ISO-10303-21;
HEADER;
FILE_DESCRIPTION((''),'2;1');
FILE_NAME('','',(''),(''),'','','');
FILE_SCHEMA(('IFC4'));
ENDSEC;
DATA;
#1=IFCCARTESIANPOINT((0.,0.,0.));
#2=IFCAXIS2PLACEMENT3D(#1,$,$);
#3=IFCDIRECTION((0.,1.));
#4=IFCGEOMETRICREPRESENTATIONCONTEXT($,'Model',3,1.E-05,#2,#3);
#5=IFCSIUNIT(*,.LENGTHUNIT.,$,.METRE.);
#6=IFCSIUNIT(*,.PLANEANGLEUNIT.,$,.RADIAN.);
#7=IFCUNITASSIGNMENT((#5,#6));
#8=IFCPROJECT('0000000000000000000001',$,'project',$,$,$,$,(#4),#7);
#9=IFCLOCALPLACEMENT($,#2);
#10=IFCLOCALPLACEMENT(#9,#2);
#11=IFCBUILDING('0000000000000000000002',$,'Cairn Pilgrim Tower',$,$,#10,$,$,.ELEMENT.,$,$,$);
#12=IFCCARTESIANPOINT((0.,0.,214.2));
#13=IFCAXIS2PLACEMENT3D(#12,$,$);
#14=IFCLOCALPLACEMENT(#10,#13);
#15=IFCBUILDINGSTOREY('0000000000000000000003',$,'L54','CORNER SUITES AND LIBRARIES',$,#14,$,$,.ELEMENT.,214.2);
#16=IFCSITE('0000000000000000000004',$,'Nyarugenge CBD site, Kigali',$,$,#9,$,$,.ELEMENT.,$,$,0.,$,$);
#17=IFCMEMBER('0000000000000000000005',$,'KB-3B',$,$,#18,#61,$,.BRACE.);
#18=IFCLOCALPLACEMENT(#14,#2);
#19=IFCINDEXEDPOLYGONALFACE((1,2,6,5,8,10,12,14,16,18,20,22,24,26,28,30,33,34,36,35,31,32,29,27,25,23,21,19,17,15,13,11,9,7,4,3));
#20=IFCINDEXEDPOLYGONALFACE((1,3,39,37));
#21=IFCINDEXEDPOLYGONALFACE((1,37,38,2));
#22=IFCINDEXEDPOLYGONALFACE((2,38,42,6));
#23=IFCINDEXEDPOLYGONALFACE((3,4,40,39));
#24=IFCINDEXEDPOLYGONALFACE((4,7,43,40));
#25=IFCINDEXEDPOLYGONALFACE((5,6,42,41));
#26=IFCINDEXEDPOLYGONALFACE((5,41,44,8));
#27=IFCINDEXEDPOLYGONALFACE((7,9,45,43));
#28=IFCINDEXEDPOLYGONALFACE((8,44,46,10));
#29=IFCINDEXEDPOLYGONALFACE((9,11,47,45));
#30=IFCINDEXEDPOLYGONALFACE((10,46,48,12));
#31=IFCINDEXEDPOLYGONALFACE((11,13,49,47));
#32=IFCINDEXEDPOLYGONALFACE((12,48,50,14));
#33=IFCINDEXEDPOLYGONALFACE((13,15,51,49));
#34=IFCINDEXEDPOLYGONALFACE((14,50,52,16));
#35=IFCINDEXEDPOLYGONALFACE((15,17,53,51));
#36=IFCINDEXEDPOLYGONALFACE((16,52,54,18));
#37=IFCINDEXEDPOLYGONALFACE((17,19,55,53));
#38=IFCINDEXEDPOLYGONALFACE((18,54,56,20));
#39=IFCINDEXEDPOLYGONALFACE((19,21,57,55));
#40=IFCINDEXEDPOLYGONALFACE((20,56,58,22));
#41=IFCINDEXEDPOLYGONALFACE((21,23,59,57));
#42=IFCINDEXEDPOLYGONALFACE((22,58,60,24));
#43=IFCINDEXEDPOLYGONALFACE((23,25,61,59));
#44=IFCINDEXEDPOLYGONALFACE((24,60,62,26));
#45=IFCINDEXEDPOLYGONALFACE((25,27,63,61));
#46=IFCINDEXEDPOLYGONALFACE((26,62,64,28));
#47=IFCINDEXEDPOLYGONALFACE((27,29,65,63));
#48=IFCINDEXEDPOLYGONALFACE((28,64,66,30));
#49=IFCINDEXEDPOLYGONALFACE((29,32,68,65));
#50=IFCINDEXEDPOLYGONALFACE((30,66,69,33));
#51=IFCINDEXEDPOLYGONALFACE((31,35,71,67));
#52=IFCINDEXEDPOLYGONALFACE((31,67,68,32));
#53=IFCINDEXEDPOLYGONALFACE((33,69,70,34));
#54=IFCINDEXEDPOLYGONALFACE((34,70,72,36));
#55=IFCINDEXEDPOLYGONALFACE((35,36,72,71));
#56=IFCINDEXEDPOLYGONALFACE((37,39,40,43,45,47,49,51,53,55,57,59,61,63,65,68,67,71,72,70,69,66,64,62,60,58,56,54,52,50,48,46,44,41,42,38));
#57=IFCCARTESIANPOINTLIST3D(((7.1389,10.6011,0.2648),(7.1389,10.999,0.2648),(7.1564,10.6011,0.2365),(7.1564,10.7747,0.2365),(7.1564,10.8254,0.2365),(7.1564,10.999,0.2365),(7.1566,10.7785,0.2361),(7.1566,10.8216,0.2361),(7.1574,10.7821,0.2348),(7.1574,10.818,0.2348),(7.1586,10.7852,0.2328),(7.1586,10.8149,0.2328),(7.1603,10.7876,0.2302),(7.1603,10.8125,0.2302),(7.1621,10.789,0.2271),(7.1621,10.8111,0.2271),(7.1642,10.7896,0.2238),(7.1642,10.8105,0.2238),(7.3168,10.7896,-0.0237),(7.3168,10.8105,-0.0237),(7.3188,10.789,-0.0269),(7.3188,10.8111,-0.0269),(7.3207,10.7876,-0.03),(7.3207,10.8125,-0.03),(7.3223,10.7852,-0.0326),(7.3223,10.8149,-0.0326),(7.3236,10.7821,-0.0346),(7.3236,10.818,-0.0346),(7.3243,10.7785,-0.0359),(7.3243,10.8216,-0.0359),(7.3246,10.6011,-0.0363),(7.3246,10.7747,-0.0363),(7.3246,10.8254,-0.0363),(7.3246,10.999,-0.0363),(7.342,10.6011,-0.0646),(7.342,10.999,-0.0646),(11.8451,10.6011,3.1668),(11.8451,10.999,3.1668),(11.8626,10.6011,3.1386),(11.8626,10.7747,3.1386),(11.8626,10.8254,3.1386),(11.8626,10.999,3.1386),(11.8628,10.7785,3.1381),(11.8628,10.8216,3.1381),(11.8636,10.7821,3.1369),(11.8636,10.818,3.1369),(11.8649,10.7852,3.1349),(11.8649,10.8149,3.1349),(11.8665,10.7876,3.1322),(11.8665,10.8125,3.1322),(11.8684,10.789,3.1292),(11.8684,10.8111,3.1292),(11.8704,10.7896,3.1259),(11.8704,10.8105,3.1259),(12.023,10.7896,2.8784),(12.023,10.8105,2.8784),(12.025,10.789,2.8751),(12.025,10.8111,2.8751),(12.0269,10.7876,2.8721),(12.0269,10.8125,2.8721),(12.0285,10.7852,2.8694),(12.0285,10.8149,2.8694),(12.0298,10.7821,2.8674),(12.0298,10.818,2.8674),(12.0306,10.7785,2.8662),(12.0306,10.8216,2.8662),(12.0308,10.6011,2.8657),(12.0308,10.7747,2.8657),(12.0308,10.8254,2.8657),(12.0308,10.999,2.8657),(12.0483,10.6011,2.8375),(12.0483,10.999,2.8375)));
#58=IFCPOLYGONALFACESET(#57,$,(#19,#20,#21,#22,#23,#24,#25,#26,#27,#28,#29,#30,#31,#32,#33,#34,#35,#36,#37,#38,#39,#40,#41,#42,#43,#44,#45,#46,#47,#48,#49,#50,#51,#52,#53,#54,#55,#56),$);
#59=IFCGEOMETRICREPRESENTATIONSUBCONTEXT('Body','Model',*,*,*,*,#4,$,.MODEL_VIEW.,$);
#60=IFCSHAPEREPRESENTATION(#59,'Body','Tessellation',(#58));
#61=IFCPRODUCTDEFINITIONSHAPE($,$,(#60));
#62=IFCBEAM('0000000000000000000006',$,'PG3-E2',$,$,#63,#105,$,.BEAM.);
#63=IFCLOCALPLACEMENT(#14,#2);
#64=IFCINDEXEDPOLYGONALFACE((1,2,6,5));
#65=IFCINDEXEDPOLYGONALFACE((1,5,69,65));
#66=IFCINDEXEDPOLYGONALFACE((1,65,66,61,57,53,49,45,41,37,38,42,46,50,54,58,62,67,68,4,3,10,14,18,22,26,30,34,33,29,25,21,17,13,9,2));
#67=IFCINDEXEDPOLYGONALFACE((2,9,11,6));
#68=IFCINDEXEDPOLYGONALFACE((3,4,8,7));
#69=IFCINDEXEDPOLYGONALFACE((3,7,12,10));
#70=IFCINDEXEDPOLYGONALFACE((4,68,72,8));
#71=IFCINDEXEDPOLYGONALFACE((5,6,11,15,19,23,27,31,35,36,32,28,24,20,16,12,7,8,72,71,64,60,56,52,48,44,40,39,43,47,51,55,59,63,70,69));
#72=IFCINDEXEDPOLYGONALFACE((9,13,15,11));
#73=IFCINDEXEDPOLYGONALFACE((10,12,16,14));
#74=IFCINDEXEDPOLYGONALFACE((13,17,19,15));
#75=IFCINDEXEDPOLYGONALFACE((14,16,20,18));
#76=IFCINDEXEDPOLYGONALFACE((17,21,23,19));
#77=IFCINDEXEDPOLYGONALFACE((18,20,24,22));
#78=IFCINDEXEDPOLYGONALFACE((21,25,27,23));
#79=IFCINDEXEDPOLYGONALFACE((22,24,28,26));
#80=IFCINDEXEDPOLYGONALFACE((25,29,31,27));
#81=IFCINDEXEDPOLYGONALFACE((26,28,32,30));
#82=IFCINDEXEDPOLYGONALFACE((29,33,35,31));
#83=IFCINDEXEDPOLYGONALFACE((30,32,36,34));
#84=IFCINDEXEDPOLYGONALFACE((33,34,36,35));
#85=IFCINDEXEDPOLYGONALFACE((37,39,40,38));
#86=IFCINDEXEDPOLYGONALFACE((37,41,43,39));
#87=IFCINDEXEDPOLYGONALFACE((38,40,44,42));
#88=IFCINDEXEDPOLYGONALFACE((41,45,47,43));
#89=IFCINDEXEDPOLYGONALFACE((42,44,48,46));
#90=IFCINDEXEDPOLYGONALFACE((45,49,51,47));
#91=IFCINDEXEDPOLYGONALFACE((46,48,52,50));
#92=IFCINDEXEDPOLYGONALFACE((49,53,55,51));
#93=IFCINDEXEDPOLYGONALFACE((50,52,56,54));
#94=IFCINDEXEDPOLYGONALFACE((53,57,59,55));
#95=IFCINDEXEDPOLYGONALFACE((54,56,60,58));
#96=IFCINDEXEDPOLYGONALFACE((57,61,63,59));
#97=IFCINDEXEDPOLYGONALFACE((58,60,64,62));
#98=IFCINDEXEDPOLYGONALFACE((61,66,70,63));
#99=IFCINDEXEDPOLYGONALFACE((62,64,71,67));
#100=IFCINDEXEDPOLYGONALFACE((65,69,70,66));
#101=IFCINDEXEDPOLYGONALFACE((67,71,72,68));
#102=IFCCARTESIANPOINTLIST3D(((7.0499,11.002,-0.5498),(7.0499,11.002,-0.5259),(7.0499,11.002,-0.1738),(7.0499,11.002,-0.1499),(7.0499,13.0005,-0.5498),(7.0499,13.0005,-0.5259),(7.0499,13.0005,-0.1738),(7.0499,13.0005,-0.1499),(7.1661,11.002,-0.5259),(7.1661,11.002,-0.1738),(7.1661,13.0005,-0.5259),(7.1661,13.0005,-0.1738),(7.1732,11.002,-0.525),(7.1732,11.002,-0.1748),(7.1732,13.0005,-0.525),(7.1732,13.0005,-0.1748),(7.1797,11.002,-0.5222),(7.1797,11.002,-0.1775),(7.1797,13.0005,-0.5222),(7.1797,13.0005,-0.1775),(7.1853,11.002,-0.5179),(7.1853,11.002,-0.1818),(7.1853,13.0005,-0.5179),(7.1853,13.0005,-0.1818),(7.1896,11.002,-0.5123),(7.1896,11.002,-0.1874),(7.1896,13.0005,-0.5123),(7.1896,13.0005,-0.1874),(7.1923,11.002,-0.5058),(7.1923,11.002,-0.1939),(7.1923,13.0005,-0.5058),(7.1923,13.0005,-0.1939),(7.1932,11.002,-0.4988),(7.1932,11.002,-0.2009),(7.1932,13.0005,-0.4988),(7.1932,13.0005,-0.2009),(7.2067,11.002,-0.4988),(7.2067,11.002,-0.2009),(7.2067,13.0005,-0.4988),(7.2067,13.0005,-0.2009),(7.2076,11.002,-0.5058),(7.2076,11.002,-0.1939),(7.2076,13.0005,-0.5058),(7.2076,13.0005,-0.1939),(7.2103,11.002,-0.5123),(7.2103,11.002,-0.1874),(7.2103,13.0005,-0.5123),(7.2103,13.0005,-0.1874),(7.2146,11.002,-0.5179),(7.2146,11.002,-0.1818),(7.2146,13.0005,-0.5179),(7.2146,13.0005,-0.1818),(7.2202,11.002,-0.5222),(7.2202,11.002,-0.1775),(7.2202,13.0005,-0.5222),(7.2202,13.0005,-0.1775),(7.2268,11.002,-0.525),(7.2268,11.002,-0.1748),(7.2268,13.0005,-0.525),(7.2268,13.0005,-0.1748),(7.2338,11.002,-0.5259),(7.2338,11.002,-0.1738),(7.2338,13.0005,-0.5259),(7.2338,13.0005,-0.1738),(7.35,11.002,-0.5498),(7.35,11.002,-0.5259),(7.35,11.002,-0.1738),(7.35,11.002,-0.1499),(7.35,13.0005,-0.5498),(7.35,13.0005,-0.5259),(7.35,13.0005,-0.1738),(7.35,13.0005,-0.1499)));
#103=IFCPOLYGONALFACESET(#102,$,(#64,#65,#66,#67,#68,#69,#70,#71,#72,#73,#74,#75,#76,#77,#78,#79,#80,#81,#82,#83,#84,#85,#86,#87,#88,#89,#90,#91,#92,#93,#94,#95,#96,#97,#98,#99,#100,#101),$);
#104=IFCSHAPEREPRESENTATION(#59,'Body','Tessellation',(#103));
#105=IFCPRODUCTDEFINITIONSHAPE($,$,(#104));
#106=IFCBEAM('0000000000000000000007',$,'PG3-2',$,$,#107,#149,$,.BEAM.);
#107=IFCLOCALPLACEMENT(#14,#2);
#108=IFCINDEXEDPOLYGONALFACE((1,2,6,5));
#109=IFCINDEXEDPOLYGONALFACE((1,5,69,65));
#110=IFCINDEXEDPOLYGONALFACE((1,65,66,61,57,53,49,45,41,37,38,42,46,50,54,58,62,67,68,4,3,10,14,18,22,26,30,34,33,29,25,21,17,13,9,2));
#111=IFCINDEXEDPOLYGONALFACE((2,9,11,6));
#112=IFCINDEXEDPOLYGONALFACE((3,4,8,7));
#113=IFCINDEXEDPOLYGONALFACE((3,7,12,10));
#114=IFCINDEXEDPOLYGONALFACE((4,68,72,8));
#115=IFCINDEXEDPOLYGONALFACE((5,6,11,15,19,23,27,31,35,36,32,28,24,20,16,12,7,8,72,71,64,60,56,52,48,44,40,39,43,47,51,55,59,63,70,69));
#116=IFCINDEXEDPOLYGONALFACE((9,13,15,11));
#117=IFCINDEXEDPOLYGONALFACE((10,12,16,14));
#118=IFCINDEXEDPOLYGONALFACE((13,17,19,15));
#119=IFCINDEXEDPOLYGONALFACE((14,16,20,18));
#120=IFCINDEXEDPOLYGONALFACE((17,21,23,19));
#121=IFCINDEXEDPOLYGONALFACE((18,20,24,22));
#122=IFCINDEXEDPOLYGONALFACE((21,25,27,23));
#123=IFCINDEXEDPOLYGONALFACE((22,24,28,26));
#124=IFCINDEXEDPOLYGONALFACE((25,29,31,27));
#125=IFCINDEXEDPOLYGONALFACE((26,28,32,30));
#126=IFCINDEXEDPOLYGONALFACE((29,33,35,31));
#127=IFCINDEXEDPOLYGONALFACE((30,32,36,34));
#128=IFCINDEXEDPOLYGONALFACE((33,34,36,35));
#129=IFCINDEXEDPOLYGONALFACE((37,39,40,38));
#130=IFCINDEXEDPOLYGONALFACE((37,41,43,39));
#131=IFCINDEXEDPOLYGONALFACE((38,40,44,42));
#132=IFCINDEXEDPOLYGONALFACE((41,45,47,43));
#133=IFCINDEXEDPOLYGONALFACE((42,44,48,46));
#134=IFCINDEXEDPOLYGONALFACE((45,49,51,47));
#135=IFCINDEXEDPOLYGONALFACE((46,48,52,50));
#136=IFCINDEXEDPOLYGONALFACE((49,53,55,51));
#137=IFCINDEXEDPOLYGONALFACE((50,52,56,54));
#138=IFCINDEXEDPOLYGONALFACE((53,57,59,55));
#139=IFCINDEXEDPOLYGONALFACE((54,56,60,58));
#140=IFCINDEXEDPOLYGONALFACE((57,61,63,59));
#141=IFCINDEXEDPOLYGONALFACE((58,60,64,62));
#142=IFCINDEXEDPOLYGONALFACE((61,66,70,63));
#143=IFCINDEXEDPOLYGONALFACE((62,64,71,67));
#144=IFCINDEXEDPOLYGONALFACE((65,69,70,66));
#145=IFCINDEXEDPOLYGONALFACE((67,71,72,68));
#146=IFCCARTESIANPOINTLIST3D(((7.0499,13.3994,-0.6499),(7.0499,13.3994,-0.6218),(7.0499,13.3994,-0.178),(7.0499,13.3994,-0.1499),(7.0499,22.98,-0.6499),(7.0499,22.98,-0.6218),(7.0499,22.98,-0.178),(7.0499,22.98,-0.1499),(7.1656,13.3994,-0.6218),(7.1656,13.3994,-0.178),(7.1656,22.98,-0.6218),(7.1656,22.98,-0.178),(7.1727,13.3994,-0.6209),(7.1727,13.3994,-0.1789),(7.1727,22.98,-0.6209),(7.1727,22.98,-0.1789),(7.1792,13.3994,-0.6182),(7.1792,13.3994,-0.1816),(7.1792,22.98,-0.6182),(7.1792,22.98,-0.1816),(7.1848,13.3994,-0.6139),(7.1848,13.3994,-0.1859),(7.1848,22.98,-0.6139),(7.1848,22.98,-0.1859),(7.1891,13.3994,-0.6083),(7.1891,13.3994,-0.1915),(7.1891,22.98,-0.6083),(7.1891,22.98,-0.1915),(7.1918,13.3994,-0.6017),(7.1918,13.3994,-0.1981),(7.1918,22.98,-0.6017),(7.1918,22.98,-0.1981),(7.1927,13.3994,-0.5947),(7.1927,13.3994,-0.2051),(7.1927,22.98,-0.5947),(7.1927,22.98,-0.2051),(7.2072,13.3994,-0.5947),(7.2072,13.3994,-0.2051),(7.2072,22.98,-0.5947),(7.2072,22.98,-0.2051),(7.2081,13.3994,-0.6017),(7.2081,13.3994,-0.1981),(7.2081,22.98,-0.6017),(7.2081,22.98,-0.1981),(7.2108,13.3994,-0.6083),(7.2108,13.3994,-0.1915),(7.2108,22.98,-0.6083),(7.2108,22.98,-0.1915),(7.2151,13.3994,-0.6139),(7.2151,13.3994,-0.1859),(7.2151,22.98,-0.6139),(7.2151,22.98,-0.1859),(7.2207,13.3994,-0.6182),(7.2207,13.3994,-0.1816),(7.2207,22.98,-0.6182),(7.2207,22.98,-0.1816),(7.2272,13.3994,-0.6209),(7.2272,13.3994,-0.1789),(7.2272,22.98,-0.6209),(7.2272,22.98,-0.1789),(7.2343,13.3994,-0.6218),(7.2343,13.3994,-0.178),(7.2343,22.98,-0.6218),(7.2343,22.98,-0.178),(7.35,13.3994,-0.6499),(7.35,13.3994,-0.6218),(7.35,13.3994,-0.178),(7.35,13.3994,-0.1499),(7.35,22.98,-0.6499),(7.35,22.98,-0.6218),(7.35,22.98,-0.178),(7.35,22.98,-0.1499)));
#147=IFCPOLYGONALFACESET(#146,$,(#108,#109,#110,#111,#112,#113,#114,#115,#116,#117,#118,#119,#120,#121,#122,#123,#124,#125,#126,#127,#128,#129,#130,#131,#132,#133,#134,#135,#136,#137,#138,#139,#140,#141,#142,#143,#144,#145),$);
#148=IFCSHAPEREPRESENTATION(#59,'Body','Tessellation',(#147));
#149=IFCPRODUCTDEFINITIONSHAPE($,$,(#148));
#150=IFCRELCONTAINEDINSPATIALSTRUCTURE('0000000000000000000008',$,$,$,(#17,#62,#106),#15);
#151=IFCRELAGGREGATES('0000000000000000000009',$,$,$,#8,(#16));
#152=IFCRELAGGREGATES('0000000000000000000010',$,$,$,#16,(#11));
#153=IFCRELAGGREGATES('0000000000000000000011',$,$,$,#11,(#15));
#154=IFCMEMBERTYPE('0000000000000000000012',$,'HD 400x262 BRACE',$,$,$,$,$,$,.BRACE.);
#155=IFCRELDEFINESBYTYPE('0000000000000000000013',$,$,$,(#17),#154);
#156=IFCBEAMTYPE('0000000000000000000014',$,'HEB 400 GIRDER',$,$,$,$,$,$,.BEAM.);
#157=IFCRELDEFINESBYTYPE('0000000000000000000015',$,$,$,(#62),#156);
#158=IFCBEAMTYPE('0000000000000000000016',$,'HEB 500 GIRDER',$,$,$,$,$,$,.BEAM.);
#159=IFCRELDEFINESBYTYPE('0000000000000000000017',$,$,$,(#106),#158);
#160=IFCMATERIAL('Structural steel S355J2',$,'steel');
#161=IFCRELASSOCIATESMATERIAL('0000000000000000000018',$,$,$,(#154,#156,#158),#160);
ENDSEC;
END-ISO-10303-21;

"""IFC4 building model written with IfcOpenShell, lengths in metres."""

from ifc_helpers import new_model, si_unit, direction, frame, origin, origin_2d, place, context, subcontext, project, spatial, i_section, extrude, material, material_profile, profile_set, type_object, element, save


model = new_model("IFC4")

# Units and contexts
model_context = context("Model", 3, precision=1e-05, world=origin(), true_north=direction((0.0, 1.0)))
body_context = subcontext(model_context, "Body", "Model", "MODEL_VIEW")
ifc_project = project(units=[si_unit("LENGTHUNIT", "METRE"), si_unit("PLANEANGLEUNIT", "RADIAN")], contexts=[model_context])

# Site, building, storey
site_placement = place(None, origin())
site = spatial("IfcSite", under=ifc_project, at=site_placement, Name="Nyarugenge CBD site, Kigali", CompositionType="ELEMENT", RefElevation=0.0)
building_placement = place(site_placement, origin())
building = spatial("IfcBuilding", under=site, at=building_placement, Name="Cairn Pilgrim Tower", CompositionType="ELEMENT")
storey_placement = place(building_placement, frame((0.0, 0.0, 214.2)))
storey = spatial("IfcBuildingStorey", under=building, at=storey_placement, Name="L54", Description="CORNER SUITES AND LIBRARIES", CompositionType="ELEMENT", Elevation=214.2)

# Shared definitions
ifc_material_1 = material(Name="Structural steel S355J2", Category="steel")

# Member
ifc_material_profile_1 = material_profile(ifc_material_1, i_section(OverallWidth=0.3979, OverallDepth=0.387, WebThickness=0.021, FlangeThickness=0.0332, FilletRadius=0.0149, at=origin_2d()), Name="HD 400x262")
ifc_profile_set_1 = profile_set([ifc_material_profile_1], Name="Structural steel S355J2")
member_type_1 = type_object("IfcMemberType", Name="HD 400x262 BRACE", PredefinedType="BRACE", material=ifc_profile_set_1)
member_1_placement = place(storey_placement, frame((7.2405, 10.8, 0.1001), z_axis=(0.85118, 0.0, 0.524873), x_axis=(0.0, 1.0, 0.0)))
element("IfcMember", 1, at=member_1_placement, inside=storey, type_object=member_type_1, Name="KB-3B", PredefinedType="BRACE", context=body_context, shape_type="SweptSolid", body=[
    extrude(i_section(OverallWidth=0.3979, OverallDepth=0.387, WebThickness=0.021, FlangeThickness=0.0332, FilletRadius=0.0149, at=origin_2d()), origin(), (0.0, 0.0, 1.0), 5.5291),
])

# Beams
ifc_material_profile_2 = material_profile(ifc_material_1, i_section(OverallWidth=0.3, OverallDepth=0.3999, WebThickness=0.0134, FlangeThickness=0.0239, FilletRadius=0.0271, at=origin_2d()), Name="HEB 400")
ifc_profile_set_2 = profile_set([ifc_material_profile_2], Name="Structural steel S355J2")
beam_type_1 = type_object("IfcBeamType", Name="HEB 400 GIRDER", PredefinedType="BEAM", material=ifc_profile_set_2)
beam_1_placement = place(storey_placement, frame((7.2, 11.002, -0.3499), z_axis=(0.0, 1.0, 0.0), x_axis=(-1.0, 0.0, 0.0)))
element("IfcBeam", 2, at=beam_1_placement, inside=storey, type_object=beam_type_1, Name="PG3-E2", PredefinedType="BEAM", context=body_context, shape_type="SweptSolid", body=[
    extrude(i_section(OverallWidth=0.3, OverallDepth=0.3999, WebThickness=0.0134, FlangeThickness=0.0239, FilletRadius=0.0271, at=origin_2d()), origin(), (0.0, 0.0, 1.0), 1.9985),
])
ifc_material_profile_3 = material_profile(ifc_material_1, i_section(OverallWidth=0.3, OverallDepth=0.5, WebThickness=0.0144, FlangeThickness=0.0281, FilletRadius=0.0271, at=origin_2d()), Name="HEB 500")
ifc_profile_set_3 = profile_set([ifc_material_profile_3], Name="Structural steel S355J2")
beam_type_2 = type_object("IfcBeamType", Name="HEB 500 GIRDER", PredefinedType="BEAM", material=ifc_profile_set_3)
beam_2_placement = place(storey_placement, frame((7.2, 13.3994, -0.3999), z_axis=(0.0, 1.0, 0.0), x_axis=(-1.0, 0.0, 0.0)))
element("IfcBeam", 3, at=beam_2_placement, inside=storey, type_object=beam_type_2, Name="PG3-2", PredefinedType="BEAM", context=body_context, shape_type="SweptSolid", body=[
    extrude(i_section(OverallWidth=0.3, OverallDepth=0.5, WebThickness=0.0144, FlangeThickness=0.0281, FilletRadius=0.0271, at=origin_2d()), origin(), (0.0, 0.0, 1.0), 9.5806),
])

save(model, "model.ifc")
